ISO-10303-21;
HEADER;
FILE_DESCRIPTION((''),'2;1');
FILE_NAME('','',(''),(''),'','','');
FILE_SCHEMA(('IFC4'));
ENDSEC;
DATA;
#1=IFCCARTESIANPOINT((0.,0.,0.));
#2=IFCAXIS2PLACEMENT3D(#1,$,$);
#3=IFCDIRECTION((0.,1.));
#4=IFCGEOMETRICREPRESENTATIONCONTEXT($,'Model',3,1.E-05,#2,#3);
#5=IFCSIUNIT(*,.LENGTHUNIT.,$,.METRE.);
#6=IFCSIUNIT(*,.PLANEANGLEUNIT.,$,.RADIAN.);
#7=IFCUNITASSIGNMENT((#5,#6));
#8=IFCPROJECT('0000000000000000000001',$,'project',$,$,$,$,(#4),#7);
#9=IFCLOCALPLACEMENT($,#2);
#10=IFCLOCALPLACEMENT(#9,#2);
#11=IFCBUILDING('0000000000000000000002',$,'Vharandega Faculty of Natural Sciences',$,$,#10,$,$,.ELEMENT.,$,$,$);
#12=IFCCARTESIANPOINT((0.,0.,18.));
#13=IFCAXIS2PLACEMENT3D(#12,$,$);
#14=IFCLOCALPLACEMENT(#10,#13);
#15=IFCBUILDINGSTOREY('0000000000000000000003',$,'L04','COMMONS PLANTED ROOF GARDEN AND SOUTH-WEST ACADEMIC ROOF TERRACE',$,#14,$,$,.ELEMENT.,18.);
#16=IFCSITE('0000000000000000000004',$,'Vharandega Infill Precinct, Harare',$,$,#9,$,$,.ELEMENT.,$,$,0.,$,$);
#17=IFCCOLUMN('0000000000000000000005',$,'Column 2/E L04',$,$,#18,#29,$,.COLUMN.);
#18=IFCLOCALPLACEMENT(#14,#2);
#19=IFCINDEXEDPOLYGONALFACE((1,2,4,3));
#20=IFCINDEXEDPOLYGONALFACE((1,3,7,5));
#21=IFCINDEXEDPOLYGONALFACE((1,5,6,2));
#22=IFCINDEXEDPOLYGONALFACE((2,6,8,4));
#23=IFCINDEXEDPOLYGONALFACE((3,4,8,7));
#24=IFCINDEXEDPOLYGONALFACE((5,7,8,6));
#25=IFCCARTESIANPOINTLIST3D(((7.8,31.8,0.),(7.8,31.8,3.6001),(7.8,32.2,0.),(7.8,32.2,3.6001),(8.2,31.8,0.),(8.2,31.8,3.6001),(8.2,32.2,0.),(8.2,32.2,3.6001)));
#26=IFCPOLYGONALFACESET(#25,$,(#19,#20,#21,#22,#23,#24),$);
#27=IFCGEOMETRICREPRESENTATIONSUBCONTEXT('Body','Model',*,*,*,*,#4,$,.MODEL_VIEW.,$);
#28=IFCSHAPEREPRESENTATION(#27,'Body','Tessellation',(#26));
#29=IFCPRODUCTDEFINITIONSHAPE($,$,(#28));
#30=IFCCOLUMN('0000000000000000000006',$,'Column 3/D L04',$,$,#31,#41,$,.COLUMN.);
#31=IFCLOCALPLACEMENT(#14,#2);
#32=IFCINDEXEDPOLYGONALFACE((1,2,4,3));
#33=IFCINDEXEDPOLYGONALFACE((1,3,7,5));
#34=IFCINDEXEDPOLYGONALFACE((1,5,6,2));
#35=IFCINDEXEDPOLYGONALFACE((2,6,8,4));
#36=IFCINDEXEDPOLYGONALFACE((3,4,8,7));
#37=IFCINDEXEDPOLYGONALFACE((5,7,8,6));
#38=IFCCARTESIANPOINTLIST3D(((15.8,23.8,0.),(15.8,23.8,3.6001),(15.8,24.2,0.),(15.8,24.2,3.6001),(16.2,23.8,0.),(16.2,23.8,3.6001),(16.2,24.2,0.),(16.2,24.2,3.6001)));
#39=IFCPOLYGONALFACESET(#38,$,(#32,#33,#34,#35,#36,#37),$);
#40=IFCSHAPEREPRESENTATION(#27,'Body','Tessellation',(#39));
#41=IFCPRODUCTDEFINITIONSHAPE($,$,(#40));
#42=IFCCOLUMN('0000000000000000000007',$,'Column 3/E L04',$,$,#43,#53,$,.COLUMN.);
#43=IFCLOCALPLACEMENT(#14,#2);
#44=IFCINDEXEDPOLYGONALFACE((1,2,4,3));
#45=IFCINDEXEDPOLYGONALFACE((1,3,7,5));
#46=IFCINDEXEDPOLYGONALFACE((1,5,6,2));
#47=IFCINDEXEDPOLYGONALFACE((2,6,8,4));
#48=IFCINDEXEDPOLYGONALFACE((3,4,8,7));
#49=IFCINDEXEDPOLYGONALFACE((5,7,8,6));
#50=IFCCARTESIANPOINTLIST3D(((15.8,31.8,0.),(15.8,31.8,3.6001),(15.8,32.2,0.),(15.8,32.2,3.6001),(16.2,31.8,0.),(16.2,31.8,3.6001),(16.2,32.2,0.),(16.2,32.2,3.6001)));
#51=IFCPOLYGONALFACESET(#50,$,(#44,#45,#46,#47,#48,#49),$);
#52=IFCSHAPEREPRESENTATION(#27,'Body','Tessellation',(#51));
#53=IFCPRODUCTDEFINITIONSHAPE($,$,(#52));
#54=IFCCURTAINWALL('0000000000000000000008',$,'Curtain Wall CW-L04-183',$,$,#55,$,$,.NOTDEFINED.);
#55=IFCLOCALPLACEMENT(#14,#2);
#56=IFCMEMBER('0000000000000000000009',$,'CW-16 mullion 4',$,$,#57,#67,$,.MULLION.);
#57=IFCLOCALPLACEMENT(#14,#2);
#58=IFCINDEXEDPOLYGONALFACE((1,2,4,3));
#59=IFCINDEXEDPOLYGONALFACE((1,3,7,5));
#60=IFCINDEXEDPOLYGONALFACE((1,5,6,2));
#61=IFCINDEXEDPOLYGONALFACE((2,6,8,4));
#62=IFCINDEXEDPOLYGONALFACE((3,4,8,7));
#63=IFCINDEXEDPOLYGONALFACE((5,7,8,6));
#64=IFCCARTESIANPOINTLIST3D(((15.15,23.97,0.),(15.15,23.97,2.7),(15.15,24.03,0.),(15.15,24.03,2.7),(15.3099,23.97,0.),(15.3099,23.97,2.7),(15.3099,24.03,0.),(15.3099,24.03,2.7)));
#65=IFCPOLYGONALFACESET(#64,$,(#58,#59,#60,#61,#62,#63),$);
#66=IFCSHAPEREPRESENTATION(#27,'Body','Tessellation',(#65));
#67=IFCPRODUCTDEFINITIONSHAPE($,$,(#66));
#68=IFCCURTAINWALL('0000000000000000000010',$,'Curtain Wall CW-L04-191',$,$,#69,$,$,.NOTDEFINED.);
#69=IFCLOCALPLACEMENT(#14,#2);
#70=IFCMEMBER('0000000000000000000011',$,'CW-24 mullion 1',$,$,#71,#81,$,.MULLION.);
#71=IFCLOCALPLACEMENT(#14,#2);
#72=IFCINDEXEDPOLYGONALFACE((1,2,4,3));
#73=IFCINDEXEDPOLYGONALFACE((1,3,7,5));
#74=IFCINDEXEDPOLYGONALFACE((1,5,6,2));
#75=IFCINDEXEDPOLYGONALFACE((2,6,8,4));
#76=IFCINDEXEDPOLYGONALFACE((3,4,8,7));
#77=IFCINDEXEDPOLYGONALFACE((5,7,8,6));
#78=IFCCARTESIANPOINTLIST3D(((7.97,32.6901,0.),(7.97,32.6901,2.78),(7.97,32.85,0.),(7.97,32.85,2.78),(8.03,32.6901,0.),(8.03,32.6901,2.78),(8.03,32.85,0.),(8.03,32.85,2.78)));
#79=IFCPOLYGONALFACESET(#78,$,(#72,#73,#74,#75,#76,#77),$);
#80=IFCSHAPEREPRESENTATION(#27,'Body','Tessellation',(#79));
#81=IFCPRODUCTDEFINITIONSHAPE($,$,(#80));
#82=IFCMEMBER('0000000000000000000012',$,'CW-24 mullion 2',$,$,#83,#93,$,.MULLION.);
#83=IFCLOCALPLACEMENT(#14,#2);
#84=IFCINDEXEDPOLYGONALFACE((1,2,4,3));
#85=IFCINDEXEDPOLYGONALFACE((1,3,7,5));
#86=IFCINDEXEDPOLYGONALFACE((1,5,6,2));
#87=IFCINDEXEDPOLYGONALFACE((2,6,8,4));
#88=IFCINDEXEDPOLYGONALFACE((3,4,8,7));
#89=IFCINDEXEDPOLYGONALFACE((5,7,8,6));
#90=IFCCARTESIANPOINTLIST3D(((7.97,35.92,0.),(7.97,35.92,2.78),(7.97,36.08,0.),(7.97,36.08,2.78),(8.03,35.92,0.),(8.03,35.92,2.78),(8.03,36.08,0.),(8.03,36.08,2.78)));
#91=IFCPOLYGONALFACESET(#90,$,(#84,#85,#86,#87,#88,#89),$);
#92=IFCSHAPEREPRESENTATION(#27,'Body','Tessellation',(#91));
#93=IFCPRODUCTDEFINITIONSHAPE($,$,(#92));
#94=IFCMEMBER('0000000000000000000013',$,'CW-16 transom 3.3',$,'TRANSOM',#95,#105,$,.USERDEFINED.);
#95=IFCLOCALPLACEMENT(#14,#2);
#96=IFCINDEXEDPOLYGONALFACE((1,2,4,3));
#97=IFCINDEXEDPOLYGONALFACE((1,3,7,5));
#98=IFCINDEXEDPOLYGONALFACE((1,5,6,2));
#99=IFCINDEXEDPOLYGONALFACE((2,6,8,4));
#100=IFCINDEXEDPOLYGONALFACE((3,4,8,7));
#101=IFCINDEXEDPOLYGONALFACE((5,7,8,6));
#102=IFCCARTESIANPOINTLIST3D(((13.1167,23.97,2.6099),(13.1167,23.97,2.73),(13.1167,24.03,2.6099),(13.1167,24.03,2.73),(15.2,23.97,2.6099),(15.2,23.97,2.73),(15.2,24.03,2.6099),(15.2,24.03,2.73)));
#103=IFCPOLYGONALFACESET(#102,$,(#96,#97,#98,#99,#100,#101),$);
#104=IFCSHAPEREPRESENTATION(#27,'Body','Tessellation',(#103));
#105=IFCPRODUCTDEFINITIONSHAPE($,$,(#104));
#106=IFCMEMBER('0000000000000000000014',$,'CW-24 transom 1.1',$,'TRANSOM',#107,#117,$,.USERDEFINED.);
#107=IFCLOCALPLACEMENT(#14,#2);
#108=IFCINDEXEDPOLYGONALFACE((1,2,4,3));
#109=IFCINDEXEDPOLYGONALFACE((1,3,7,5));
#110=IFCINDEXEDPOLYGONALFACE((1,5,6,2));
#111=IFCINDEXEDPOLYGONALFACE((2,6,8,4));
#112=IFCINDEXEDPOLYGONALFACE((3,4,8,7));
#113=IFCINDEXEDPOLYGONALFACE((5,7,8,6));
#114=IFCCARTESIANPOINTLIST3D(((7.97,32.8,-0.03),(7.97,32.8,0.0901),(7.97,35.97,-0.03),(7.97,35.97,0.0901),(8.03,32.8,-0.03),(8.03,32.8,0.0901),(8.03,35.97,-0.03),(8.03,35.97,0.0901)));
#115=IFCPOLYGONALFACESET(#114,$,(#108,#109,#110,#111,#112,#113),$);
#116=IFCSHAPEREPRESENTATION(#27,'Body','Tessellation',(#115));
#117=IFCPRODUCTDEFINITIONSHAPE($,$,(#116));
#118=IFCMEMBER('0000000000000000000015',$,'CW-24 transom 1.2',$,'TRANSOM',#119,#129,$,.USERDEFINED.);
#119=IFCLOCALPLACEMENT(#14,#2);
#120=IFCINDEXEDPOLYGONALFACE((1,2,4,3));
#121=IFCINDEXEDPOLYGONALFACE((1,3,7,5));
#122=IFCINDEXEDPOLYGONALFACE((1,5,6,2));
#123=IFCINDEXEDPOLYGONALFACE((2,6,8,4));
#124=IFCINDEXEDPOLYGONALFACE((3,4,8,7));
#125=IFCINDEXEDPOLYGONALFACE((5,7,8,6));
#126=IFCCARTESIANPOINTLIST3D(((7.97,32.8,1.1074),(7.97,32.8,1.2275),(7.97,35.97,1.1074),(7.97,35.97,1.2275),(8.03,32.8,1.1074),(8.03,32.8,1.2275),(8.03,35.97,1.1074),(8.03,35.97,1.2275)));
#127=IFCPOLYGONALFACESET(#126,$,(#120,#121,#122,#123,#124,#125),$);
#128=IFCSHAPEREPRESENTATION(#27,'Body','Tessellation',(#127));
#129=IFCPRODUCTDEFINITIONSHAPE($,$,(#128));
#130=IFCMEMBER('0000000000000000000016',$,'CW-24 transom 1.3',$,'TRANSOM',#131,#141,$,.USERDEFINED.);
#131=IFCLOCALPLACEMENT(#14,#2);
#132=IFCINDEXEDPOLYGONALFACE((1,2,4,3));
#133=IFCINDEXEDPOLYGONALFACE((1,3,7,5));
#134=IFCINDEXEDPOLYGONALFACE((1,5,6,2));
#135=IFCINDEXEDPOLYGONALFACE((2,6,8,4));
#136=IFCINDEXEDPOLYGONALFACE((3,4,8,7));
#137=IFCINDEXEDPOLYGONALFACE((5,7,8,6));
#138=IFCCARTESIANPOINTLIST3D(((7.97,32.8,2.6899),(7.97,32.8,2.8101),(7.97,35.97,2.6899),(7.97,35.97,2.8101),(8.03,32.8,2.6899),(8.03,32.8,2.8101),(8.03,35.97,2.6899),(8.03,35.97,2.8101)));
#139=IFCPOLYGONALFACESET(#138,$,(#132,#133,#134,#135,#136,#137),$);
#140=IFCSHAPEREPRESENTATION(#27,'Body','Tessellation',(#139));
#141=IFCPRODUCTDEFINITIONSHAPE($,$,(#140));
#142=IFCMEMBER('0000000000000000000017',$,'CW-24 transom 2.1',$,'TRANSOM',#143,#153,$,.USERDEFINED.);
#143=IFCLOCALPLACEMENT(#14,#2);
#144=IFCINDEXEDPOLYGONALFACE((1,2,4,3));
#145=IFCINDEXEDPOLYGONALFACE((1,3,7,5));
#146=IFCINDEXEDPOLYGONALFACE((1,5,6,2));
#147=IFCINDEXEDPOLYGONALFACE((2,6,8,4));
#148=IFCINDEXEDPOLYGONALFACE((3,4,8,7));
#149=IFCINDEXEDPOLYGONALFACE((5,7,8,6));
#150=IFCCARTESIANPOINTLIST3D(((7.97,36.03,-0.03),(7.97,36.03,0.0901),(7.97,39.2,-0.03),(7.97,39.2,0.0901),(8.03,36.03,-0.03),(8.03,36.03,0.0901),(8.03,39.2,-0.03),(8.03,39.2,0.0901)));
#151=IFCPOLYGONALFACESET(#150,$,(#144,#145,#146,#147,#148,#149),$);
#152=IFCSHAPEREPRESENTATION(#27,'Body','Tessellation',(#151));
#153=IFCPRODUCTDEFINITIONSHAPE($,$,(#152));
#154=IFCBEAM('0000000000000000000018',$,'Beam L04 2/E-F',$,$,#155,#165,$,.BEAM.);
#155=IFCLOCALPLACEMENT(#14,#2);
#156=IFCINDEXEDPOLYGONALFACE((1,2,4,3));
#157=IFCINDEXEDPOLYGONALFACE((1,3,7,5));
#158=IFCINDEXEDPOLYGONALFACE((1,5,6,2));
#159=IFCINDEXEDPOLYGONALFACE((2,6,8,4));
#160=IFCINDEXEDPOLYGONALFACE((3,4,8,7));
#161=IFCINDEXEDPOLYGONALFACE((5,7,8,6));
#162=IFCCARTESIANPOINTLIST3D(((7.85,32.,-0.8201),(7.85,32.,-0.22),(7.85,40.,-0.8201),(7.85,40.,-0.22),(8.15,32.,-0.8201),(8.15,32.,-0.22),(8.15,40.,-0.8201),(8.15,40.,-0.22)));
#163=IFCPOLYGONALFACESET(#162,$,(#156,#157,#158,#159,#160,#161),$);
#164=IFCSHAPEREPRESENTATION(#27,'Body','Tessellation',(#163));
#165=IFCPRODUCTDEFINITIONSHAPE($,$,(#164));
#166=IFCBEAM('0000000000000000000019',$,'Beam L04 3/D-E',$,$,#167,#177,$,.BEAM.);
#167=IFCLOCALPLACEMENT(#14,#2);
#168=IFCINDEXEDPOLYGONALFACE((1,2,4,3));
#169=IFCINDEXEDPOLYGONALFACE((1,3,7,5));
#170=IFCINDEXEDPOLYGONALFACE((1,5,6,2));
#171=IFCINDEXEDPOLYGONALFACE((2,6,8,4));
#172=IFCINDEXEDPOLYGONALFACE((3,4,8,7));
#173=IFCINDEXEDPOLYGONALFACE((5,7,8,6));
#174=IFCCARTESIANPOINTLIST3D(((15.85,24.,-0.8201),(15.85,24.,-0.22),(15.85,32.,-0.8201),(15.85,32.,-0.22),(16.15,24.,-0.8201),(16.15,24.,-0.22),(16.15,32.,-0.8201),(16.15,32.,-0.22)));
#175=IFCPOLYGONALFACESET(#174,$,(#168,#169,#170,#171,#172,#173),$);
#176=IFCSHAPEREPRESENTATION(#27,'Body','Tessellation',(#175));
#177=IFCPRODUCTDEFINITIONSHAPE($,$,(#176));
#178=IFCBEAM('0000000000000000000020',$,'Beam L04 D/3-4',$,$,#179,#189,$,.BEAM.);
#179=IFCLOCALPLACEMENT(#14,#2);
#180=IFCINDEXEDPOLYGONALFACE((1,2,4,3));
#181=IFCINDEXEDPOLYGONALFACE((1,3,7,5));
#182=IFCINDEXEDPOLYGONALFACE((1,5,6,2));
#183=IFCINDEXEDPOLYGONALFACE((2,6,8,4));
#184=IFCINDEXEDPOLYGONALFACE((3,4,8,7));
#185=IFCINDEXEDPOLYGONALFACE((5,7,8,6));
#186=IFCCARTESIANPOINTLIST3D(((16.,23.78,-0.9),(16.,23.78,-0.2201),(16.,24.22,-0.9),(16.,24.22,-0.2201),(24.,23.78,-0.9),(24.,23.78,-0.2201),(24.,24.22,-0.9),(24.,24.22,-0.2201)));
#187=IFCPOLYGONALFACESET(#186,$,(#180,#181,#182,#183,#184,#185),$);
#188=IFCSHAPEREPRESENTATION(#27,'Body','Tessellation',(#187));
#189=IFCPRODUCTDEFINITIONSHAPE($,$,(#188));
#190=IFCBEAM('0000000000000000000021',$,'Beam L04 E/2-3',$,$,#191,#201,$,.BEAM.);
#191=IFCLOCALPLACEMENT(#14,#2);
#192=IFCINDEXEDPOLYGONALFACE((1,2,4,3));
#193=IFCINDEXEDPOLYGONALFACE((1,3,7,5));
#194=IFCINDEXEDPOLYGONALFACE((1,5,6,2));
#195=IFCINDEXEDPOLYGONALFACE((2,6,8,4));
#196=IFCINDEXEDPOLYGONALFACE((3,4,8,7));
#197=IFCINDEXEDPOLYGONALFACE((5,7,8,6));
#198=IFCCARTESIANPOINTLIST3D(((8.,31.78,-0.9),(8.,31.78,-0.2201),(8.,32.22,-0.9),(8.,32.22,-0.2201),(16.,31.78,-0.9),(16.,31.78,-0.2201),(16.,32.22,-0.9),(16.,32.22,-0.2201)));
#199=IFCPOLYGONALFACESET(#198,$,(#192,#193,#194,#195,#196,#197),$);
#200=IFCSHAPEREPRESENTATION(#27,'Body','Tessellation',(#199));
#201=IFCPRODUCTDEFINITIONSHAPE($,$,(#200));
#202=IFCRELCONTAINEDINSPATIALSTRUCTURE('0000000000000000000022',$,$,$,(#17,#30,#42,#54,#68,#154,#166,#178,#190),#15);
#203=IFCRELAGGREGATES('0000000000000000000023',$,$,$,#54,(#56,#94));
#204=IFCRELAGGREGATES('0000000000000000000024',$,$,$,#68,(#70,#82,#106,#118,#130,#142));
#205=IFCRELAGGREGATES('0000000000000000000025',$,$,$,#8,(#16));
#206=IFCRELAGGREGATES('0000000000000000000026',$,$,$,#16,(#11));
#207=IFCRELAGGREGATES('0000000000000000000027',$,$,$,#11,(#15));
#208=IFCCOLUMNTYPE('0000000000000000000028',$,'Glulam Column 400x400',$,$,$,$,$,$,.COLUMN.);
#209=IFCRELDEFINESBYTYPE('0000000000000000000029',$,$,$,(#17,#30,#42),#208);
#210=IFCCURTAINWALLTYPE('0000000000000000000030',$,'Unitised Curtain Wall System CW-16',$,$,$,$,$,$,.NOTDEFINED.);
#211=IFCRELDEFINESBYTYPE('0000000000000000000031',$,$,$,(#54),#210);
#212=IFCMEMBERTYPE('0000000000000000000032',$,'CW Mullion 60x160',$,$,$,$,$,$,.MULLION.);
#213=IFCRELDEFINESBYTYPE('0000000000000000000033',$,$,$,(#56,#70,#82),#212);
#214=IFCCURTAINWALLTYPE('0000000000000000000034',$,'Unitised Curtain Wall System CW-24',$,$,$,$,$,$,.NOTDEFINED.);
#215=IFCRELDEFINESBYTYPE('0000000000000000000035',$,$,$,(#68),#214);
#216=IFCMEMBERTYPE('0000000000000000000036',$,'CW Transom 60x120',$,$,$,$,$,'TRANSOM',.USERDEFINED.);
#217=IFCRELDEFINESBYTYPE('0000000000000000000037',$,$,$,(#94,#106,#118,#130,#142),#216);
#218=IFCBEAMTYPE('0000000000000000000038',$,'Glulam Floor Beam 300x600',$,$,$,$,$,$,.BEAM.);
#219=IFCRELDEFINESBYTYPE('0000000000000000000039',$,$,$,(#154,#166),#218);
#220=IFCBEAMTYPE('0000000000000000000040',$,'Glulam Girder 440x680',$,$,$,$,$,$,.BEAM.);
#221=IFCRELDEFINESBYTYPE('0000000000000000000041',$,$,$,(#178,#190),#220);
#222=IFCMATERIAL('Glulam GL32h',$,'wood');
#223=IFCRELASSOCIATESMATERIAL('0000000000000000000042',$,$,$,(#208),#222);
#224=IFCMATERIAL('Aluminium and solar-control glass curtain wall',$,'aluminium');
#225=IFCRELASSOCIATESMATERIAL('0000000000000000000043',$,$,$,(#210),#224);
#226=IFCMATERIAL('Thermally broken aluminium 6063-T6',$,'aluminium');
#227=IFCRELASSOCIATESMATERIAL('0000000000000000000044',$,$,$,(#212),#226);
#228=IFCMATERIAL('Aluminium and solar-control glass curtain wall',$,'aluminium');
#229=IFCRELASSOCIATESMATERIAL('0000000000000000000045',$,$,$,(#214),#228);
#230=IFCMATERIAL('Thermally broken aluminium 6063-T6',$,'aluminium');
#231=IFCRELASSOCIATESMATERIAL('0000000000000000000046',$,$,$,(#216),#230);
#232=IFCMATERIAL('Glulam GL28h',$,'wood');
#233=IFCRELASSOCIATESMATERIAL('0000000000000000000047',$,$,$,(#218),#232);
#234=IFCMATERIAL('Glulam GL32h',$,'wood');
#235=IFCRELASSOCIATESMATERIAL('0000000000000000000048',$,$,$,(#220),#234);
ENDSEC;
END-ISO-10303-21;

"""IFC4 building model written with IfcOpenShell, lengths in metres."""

from ifc_helpers import new_model, si_unit, direction, frame, origin, origin_2d, place, context, subcontext, project, spatial, rectangle, extrude, material, material_profile, profile_set, type_object, element, aggregate, save


model = new_model("IFC4")

# Units and contexts
model_context = context("Model", 3, precision=1e-05, world=origin(), true_north=direction((0.0, 1.0)))
body_context = subcontext(model_context, "Body", "Model", "MODEL_VIEW")
ifc_project = project(units=[si_unit("LENGTHUNIT", "METRE"), si_unit("PLANEANGLEUNIT", "RADIAN")], contexts=[model_context])

# Site, building, storey
site_placement = place(None, origin())
site = spatial("IfcSite", under=ifc_project, at=site_placement, Name="Vharandega Infill Precinct, Harare", CompositionType="ELEMENT", RefElevation=0.0)
building_placement = place(site_placement, origin())
building = spatial("IfcBuilding", under=site, at=building_placement, Name="Vharandega Faculty of Natural Sciences", CompositionType="ELEMENT")
storey_placement = place(building_placement, frame((0.0, 0.0, 18.0)))
storey = spatial("IfcBuildingStorey", under=building, at=storey_placement, Name="L04", Description="COMMONS PLANTED ROOF GARDEN AND SOUTH-WEST ACADEMIC ROOF TERRACE", CompositionType="ELEMENT", Elevation=18.0)

# Columns
ifc_material_1 = material(Name="Glulam GL32h", Category="wood")
ifc_material_profile_1 = material_profile(ifc_material_1, rectangle(XDim=0.3999, YDim=0.3999, at=origin_2d()), Name="GL32h 400x400")
ifc_profile_set_1 = profile_set([ifc_material_profile_1], Name="Glulam GL32h")
column_type = type_object("IfcColumnType", Name="Glulam Column 400x400", PredefinedType="COLUMN", material=ifc_profile_set_1)
for number, where, z_axis, x_axis, name in (
    (1, (8.0, 32.0, 0.0), (0.0, 0.0, 1.0), (1.0, 0.0, 0.0), "Column 2/E L04"),
    (2, (16.0, 24.0, 0.0), (0.0, 0.0, 1.0), (1.0, 0.0, 0.0), "Column 3/D L04"),
    (3, (16.0, 32.0, 0.0), (0.0, 0.0, 1.0), (1.0, 0.0, 0.0), "Column 3/E L04"),
):
    element("IfcColumn", number, at=place(storey_placement, frame(where, z_axis=z_axis, x_axis=x_axis)), inside=storey, type_object=column_type, Name=name, PredefinedType="COLUMN", context=body_context, shape_type="SweptSolid", body=[
        extrude(rectangle(XDim=0.3999, YDim=0.3999, at=origin_2d()), origin(), (0.0, 0.0, 1.0), 3.6001),
    ])

# Curtain wall, member
ifc_material_2 = material(Name="Aluminium and solar-control glass curtain wall", Category="aluminium")
curtain_wall_type_1 = type_object("IfcCurtainWallType", Name="Unitised Curtain Wall System CW-16", PredefinedType="NOTDEFINED", material=ifc_material_2)
curtain_wall_1_placement = place(storey_placement, origin())
curtain_wall_1 = element("IfcCurtainWall", 4, at=curtain_wall_1_placement, inside=storey, type_object=curtain_wall_type_1, Name="Curtain Wall CW-L04-183", PredefinedType="NOTDEFINED")
ifc_material_3 = material(Name="Thermally broken aluminium 6063-T6", Category="aluminium")
ifc_material_profile_2 = material_profile(ifc_material_3, rectangle(XDim=0.0601, YDim=0.1599, at=origin_2d()), Name="ALU 60x160")
ifc_profile_set_2 = profile_set([ifc_material_profile_2], Name="Thermally broken aluminium 6063-T6")
member_type_1 = type_object("IfcMemberType", Name="CW Mullion 60x160", PredefinedType="MULLION", material=ifc_profile_set_2)
member_1_placement = place(storey_placement, frame((15.23, 24.0, 0.0), z_axis=(0.0, 0.0, 1.0), x_axis=(0.0, 1.0, 0.0)))
member_1 = element("IfcMember", 5, at=member_1_placement, type_object=member_type_1, Name="CW-16 mullion 4", PredefinedType="MULLION", context=body_context, shape_type="SweptSolid", body=[
    extrude(rectangle(XDim=0.0601, YDim=0.1599, at=origin_2d()), origin(), (0.0, 0.0, 1.0), 2.7),
])

# Curtain wall, members
ifc_material_4 = material(Name="Aluminium and solar-control glass curtain wall", Category="aluminium")
curtain_wall_type_2 = type_object("IfcCurtainWallType", Name="Unitised Curtain Wall System CW-24", PredefinedType="NOTDEFINED", material=ifc_material_4)
curtain_wall_2_placement = place(storey_placement, origin())
curtain_wall_2 = element("IfcCurtainWall", 6, at=curtain_wall_2_placement, inside=storey, type_object=curtain_wall_type_2, Name="Curtain Wall CW-L04-191", PredefinedType="NOTDEFINED")
member_2_placement = place(storey_placement, frame((8.0, 32.77, 0.0), z_axis=(0.0, 0.0, 1.0), x_axis=(-1.0, 0.0, 0.0)))
member_2 = element("IfcMember", 7, at=member_2_placement, type_object=member_type_1, Name="CW-24 mullion 1", PredefinedType="MULLION", context=body_context, shape_type="SweptSolid", body=[
    extrude(rectangle(XDim=0.0601, YDim=0.1599, at=origin_2d()), origin(), (0.0, 0.0, 1.0), 2.78),
])
member_3_placement = place(storey_placement, frame((8.0, 36.0, 0.0), z_axis=(0.0, 0.0, 1.0), x_axis=(-1.0, 0.0, 0.0)))
member_3 = element("IfcMember", 8, at=member_3_placement, type_object=member_type_1, Name="CW-24 mullion 2", PredefinedType="MULLION", context=body_context, shape_type="SweptSolid", body=[
    extrude(rectangle(XDim=0.0601, YDim=0.1599, at=origin_2d()), origin(), (0.0, 0.0, 1.0), 2.78),
])

# Members
ifc_material_5 = material(Name="Thermally broken aluminium 6063-T6", Category="aluminium")
ifc_material_profile_3 = material_profile(ifc_material_5, rectangle(XDim=0.0601, YDim=0.1201, at=origin_2d()), Name="ALU 60x120")
ifc_profile_set_3 = profile_set([ifc_material_profile_3], Name="Thermally broken aluminium 6063-T6")
member_type_2 = type_object("IfcMemberType", Name="CW Transom 60x120", ElementType="TRANSOM", PredefinedType="USERDEFINED", material=ifc_profile_set_3)
member_4_placement = place(storey_placement, frame((13.1167, 24.0, 2.6699), z_axis=(1.0, 0.0, 0.0), x_axis=(0.0, 1.0, 0.0)))
member_4 = element("IfcMember", 9, at=member_4_placement, type_object=member_type_2, Name="CW-16 transom 3.3", ObjectType="TRANSOM", PredefinedType="USERDEFINED", context=body_context, shape_type="SweptSolid", body=[
    extrude(rectangle(XDim=0.0601, YDim=0.1201, at=origin_2d()), origin(), (0.0, 0.0, 1.0), 2.0833),
])
member_5_placement = place(storey_placement, frame((8.0, 32.8, 0.03), z_axis=(0.0, 1.0, 0.0), x_axis=(-1.0, 0.0, 0.0)))
member_5 = element("IfcMember", 10, at=member_5_placement, type_object=member_type_2, Name="CW-24 transom 1.1", ObjectType="TRANSOM", PredefinedType="USERDEFINED", context=body_context, shape_type="SweptSolid", body=[
    extrude(rectangle(XDim=0.0601, YDim=0.1201, at=origin_2d()), origin(), (0.0, 0.0, 1.0), 3.1699),
])
member_6_placement = place(storey_placement, frame((8.0, 32.8, 1.1675), z_axis=(0.0, 1.0, 0.0), x_axis=(-1.0, 0.0, 0.0)))
member_6 = element("IfcMember", 11, at=member_6_placement, type_object=member_type_2, Name="CW-24 transom 1.2", ObjectType="TRANSOM", PredefinedType="USERDEFINED", context=body_context, shape_type="SweptSolid", body=[
    extrude(rectangle(XDim=0.0601, YDim=0.1201, at=origin_2d()), origin(), (0.0, 0.0, 1.0), 3.1699),
])
member_7_placement = place(storey_placement, frame((8.0, 32.8, 2.75), z_axis=(0.0, 1.0, 0.0), x_axis=(-1.0, 0.0, 0.0)))
member_7 = element("IfcMember", 12, at=member_7_placement, type_object=member_type_2, Name="CW-24 transom 1.3", ObjectType="TRANSOM", PredefinedType="USERDEFINED", context=body_context, shape_type="SweptSolid", body=[
    extrude(rectangle(XDim=0.0601, YDim=0.1201, at=origin_2d()), origin(), (0.0, 0.0, 1.0), 3.1699),
])
member_8_placement = place(storey_placement, frame((8.0, 36.03, 0.03), z_axis=(0.0, 1.0, 0.0), x_axis=(-1.0, 0.0, 0.0)))
member_8 = element("IfcMember", 13, at=member_8_placement, type_object=member_type_2, Name="CW-24 transom 2.1", ObjectType="TRANSOM", PredefinedType="USERDEFINED", context=body_context, shape_type="SweptSolid", body=[
    extrude(rectangle(XDim=0.0601, YDim=0.1201, at=origin_2d()), origin(), (0.0, 0.0, 1.0), 3.1699),
])

# Beams
ifc_material_6 = material(Name="Glulam GL28h", Category="wood")
ifc_material_profile_4 = material_profile(ifc_material_6, rectangle(XDim=0.3, YDim=0.6001, at=origin_2d()), Name="GL28h 300x600")
ifc_profile_set_4 = profile_set([ifc_material_profile_4], Name="Glulam GL28h")
beam_type_1 = type_object("IfcBeamType", Name="Glulam Floor Beam 300x600", PredefinedType="BEAM", material=ifc_profile_set_4)
for number, where, z_axis, x_axis, name in (
    (14, (8.0, 32.0, -0.52), (0.0, 1.0, 0.0), (-1.0, 0.0, 0.0), "Beam L04 2/E-F"),
    (15, (16.0, 24.0, -0.52), (0.0, 1.0, 0.0), (-1.0, 0.0, 0.0), "Beam L04 3/D-E"),
):
    element("IfcBeam", number, at=place(storey_placement, frame(where, z_axis=z_axis, x_axis=x_axis)), inside=storey, type_object=beam_type_1, Name=name, PredefinedType="BEAM", context=body_context, shape_type="SweptSolid", body=[
        extrude(rectangle(XDim=0.3, YDim=0.6001, at=origin_2d()), origin(), (0.0, 0.0, 1.0), 8.0),
    ])
ifc_material_7 = material(Name="Glulam GL32h", Category="wood")
ifc_material_profile_5 = material_profile(ifc_material_7, rectangle(XDim=0.4399, YDim=0.6799, at=origin_2d()), Name="GL32h 440x680")
ifc_profile_set_5 = profile_set([ifc_material_profile_5], Name="Glulam GL32h")
beam_type_2 = type_object("IfcBeamType", Name="Glulam Girder 440x680", PredefinedType="BEAM", material=ifc_profile_set_5)
for number, where, z_axis, x_axis, name in (
    (16, (16.0, 24.0, -0.5601), (1.0, 0.0, 0.0), (0.0, 1.0, 0.0), "Beam L04 D/3-4"),
    (17, (8.0, 32.0, -0.5601), (1.0, 0.0, 0.0), (0.0, 1.0, 0.0), "Beam L04 E/2-3"),
):
    element("IfcBeam", number, at=place(storey_placement, frame(where, z_axis=z_axis, x_axis=x_axis)), inside=storey, type_object=beam_type_2, Name=name, PredefinedType="BEAM", context=body_context, shape_type="SweptSolid", body=[
        extrude(rectangle(XDim=0.4399, YDim=0.6799, at=origin_2d()), origin(), (0.0, 0.0, 1.0), 8.0),
    ])

aggregate(curtain_wall_1, [member_1, member_4])
aggregate(curtain_wall_2, [member_2, member_3, member_5, member_6, member_7, member_8])

save(model, "model.ifc")
